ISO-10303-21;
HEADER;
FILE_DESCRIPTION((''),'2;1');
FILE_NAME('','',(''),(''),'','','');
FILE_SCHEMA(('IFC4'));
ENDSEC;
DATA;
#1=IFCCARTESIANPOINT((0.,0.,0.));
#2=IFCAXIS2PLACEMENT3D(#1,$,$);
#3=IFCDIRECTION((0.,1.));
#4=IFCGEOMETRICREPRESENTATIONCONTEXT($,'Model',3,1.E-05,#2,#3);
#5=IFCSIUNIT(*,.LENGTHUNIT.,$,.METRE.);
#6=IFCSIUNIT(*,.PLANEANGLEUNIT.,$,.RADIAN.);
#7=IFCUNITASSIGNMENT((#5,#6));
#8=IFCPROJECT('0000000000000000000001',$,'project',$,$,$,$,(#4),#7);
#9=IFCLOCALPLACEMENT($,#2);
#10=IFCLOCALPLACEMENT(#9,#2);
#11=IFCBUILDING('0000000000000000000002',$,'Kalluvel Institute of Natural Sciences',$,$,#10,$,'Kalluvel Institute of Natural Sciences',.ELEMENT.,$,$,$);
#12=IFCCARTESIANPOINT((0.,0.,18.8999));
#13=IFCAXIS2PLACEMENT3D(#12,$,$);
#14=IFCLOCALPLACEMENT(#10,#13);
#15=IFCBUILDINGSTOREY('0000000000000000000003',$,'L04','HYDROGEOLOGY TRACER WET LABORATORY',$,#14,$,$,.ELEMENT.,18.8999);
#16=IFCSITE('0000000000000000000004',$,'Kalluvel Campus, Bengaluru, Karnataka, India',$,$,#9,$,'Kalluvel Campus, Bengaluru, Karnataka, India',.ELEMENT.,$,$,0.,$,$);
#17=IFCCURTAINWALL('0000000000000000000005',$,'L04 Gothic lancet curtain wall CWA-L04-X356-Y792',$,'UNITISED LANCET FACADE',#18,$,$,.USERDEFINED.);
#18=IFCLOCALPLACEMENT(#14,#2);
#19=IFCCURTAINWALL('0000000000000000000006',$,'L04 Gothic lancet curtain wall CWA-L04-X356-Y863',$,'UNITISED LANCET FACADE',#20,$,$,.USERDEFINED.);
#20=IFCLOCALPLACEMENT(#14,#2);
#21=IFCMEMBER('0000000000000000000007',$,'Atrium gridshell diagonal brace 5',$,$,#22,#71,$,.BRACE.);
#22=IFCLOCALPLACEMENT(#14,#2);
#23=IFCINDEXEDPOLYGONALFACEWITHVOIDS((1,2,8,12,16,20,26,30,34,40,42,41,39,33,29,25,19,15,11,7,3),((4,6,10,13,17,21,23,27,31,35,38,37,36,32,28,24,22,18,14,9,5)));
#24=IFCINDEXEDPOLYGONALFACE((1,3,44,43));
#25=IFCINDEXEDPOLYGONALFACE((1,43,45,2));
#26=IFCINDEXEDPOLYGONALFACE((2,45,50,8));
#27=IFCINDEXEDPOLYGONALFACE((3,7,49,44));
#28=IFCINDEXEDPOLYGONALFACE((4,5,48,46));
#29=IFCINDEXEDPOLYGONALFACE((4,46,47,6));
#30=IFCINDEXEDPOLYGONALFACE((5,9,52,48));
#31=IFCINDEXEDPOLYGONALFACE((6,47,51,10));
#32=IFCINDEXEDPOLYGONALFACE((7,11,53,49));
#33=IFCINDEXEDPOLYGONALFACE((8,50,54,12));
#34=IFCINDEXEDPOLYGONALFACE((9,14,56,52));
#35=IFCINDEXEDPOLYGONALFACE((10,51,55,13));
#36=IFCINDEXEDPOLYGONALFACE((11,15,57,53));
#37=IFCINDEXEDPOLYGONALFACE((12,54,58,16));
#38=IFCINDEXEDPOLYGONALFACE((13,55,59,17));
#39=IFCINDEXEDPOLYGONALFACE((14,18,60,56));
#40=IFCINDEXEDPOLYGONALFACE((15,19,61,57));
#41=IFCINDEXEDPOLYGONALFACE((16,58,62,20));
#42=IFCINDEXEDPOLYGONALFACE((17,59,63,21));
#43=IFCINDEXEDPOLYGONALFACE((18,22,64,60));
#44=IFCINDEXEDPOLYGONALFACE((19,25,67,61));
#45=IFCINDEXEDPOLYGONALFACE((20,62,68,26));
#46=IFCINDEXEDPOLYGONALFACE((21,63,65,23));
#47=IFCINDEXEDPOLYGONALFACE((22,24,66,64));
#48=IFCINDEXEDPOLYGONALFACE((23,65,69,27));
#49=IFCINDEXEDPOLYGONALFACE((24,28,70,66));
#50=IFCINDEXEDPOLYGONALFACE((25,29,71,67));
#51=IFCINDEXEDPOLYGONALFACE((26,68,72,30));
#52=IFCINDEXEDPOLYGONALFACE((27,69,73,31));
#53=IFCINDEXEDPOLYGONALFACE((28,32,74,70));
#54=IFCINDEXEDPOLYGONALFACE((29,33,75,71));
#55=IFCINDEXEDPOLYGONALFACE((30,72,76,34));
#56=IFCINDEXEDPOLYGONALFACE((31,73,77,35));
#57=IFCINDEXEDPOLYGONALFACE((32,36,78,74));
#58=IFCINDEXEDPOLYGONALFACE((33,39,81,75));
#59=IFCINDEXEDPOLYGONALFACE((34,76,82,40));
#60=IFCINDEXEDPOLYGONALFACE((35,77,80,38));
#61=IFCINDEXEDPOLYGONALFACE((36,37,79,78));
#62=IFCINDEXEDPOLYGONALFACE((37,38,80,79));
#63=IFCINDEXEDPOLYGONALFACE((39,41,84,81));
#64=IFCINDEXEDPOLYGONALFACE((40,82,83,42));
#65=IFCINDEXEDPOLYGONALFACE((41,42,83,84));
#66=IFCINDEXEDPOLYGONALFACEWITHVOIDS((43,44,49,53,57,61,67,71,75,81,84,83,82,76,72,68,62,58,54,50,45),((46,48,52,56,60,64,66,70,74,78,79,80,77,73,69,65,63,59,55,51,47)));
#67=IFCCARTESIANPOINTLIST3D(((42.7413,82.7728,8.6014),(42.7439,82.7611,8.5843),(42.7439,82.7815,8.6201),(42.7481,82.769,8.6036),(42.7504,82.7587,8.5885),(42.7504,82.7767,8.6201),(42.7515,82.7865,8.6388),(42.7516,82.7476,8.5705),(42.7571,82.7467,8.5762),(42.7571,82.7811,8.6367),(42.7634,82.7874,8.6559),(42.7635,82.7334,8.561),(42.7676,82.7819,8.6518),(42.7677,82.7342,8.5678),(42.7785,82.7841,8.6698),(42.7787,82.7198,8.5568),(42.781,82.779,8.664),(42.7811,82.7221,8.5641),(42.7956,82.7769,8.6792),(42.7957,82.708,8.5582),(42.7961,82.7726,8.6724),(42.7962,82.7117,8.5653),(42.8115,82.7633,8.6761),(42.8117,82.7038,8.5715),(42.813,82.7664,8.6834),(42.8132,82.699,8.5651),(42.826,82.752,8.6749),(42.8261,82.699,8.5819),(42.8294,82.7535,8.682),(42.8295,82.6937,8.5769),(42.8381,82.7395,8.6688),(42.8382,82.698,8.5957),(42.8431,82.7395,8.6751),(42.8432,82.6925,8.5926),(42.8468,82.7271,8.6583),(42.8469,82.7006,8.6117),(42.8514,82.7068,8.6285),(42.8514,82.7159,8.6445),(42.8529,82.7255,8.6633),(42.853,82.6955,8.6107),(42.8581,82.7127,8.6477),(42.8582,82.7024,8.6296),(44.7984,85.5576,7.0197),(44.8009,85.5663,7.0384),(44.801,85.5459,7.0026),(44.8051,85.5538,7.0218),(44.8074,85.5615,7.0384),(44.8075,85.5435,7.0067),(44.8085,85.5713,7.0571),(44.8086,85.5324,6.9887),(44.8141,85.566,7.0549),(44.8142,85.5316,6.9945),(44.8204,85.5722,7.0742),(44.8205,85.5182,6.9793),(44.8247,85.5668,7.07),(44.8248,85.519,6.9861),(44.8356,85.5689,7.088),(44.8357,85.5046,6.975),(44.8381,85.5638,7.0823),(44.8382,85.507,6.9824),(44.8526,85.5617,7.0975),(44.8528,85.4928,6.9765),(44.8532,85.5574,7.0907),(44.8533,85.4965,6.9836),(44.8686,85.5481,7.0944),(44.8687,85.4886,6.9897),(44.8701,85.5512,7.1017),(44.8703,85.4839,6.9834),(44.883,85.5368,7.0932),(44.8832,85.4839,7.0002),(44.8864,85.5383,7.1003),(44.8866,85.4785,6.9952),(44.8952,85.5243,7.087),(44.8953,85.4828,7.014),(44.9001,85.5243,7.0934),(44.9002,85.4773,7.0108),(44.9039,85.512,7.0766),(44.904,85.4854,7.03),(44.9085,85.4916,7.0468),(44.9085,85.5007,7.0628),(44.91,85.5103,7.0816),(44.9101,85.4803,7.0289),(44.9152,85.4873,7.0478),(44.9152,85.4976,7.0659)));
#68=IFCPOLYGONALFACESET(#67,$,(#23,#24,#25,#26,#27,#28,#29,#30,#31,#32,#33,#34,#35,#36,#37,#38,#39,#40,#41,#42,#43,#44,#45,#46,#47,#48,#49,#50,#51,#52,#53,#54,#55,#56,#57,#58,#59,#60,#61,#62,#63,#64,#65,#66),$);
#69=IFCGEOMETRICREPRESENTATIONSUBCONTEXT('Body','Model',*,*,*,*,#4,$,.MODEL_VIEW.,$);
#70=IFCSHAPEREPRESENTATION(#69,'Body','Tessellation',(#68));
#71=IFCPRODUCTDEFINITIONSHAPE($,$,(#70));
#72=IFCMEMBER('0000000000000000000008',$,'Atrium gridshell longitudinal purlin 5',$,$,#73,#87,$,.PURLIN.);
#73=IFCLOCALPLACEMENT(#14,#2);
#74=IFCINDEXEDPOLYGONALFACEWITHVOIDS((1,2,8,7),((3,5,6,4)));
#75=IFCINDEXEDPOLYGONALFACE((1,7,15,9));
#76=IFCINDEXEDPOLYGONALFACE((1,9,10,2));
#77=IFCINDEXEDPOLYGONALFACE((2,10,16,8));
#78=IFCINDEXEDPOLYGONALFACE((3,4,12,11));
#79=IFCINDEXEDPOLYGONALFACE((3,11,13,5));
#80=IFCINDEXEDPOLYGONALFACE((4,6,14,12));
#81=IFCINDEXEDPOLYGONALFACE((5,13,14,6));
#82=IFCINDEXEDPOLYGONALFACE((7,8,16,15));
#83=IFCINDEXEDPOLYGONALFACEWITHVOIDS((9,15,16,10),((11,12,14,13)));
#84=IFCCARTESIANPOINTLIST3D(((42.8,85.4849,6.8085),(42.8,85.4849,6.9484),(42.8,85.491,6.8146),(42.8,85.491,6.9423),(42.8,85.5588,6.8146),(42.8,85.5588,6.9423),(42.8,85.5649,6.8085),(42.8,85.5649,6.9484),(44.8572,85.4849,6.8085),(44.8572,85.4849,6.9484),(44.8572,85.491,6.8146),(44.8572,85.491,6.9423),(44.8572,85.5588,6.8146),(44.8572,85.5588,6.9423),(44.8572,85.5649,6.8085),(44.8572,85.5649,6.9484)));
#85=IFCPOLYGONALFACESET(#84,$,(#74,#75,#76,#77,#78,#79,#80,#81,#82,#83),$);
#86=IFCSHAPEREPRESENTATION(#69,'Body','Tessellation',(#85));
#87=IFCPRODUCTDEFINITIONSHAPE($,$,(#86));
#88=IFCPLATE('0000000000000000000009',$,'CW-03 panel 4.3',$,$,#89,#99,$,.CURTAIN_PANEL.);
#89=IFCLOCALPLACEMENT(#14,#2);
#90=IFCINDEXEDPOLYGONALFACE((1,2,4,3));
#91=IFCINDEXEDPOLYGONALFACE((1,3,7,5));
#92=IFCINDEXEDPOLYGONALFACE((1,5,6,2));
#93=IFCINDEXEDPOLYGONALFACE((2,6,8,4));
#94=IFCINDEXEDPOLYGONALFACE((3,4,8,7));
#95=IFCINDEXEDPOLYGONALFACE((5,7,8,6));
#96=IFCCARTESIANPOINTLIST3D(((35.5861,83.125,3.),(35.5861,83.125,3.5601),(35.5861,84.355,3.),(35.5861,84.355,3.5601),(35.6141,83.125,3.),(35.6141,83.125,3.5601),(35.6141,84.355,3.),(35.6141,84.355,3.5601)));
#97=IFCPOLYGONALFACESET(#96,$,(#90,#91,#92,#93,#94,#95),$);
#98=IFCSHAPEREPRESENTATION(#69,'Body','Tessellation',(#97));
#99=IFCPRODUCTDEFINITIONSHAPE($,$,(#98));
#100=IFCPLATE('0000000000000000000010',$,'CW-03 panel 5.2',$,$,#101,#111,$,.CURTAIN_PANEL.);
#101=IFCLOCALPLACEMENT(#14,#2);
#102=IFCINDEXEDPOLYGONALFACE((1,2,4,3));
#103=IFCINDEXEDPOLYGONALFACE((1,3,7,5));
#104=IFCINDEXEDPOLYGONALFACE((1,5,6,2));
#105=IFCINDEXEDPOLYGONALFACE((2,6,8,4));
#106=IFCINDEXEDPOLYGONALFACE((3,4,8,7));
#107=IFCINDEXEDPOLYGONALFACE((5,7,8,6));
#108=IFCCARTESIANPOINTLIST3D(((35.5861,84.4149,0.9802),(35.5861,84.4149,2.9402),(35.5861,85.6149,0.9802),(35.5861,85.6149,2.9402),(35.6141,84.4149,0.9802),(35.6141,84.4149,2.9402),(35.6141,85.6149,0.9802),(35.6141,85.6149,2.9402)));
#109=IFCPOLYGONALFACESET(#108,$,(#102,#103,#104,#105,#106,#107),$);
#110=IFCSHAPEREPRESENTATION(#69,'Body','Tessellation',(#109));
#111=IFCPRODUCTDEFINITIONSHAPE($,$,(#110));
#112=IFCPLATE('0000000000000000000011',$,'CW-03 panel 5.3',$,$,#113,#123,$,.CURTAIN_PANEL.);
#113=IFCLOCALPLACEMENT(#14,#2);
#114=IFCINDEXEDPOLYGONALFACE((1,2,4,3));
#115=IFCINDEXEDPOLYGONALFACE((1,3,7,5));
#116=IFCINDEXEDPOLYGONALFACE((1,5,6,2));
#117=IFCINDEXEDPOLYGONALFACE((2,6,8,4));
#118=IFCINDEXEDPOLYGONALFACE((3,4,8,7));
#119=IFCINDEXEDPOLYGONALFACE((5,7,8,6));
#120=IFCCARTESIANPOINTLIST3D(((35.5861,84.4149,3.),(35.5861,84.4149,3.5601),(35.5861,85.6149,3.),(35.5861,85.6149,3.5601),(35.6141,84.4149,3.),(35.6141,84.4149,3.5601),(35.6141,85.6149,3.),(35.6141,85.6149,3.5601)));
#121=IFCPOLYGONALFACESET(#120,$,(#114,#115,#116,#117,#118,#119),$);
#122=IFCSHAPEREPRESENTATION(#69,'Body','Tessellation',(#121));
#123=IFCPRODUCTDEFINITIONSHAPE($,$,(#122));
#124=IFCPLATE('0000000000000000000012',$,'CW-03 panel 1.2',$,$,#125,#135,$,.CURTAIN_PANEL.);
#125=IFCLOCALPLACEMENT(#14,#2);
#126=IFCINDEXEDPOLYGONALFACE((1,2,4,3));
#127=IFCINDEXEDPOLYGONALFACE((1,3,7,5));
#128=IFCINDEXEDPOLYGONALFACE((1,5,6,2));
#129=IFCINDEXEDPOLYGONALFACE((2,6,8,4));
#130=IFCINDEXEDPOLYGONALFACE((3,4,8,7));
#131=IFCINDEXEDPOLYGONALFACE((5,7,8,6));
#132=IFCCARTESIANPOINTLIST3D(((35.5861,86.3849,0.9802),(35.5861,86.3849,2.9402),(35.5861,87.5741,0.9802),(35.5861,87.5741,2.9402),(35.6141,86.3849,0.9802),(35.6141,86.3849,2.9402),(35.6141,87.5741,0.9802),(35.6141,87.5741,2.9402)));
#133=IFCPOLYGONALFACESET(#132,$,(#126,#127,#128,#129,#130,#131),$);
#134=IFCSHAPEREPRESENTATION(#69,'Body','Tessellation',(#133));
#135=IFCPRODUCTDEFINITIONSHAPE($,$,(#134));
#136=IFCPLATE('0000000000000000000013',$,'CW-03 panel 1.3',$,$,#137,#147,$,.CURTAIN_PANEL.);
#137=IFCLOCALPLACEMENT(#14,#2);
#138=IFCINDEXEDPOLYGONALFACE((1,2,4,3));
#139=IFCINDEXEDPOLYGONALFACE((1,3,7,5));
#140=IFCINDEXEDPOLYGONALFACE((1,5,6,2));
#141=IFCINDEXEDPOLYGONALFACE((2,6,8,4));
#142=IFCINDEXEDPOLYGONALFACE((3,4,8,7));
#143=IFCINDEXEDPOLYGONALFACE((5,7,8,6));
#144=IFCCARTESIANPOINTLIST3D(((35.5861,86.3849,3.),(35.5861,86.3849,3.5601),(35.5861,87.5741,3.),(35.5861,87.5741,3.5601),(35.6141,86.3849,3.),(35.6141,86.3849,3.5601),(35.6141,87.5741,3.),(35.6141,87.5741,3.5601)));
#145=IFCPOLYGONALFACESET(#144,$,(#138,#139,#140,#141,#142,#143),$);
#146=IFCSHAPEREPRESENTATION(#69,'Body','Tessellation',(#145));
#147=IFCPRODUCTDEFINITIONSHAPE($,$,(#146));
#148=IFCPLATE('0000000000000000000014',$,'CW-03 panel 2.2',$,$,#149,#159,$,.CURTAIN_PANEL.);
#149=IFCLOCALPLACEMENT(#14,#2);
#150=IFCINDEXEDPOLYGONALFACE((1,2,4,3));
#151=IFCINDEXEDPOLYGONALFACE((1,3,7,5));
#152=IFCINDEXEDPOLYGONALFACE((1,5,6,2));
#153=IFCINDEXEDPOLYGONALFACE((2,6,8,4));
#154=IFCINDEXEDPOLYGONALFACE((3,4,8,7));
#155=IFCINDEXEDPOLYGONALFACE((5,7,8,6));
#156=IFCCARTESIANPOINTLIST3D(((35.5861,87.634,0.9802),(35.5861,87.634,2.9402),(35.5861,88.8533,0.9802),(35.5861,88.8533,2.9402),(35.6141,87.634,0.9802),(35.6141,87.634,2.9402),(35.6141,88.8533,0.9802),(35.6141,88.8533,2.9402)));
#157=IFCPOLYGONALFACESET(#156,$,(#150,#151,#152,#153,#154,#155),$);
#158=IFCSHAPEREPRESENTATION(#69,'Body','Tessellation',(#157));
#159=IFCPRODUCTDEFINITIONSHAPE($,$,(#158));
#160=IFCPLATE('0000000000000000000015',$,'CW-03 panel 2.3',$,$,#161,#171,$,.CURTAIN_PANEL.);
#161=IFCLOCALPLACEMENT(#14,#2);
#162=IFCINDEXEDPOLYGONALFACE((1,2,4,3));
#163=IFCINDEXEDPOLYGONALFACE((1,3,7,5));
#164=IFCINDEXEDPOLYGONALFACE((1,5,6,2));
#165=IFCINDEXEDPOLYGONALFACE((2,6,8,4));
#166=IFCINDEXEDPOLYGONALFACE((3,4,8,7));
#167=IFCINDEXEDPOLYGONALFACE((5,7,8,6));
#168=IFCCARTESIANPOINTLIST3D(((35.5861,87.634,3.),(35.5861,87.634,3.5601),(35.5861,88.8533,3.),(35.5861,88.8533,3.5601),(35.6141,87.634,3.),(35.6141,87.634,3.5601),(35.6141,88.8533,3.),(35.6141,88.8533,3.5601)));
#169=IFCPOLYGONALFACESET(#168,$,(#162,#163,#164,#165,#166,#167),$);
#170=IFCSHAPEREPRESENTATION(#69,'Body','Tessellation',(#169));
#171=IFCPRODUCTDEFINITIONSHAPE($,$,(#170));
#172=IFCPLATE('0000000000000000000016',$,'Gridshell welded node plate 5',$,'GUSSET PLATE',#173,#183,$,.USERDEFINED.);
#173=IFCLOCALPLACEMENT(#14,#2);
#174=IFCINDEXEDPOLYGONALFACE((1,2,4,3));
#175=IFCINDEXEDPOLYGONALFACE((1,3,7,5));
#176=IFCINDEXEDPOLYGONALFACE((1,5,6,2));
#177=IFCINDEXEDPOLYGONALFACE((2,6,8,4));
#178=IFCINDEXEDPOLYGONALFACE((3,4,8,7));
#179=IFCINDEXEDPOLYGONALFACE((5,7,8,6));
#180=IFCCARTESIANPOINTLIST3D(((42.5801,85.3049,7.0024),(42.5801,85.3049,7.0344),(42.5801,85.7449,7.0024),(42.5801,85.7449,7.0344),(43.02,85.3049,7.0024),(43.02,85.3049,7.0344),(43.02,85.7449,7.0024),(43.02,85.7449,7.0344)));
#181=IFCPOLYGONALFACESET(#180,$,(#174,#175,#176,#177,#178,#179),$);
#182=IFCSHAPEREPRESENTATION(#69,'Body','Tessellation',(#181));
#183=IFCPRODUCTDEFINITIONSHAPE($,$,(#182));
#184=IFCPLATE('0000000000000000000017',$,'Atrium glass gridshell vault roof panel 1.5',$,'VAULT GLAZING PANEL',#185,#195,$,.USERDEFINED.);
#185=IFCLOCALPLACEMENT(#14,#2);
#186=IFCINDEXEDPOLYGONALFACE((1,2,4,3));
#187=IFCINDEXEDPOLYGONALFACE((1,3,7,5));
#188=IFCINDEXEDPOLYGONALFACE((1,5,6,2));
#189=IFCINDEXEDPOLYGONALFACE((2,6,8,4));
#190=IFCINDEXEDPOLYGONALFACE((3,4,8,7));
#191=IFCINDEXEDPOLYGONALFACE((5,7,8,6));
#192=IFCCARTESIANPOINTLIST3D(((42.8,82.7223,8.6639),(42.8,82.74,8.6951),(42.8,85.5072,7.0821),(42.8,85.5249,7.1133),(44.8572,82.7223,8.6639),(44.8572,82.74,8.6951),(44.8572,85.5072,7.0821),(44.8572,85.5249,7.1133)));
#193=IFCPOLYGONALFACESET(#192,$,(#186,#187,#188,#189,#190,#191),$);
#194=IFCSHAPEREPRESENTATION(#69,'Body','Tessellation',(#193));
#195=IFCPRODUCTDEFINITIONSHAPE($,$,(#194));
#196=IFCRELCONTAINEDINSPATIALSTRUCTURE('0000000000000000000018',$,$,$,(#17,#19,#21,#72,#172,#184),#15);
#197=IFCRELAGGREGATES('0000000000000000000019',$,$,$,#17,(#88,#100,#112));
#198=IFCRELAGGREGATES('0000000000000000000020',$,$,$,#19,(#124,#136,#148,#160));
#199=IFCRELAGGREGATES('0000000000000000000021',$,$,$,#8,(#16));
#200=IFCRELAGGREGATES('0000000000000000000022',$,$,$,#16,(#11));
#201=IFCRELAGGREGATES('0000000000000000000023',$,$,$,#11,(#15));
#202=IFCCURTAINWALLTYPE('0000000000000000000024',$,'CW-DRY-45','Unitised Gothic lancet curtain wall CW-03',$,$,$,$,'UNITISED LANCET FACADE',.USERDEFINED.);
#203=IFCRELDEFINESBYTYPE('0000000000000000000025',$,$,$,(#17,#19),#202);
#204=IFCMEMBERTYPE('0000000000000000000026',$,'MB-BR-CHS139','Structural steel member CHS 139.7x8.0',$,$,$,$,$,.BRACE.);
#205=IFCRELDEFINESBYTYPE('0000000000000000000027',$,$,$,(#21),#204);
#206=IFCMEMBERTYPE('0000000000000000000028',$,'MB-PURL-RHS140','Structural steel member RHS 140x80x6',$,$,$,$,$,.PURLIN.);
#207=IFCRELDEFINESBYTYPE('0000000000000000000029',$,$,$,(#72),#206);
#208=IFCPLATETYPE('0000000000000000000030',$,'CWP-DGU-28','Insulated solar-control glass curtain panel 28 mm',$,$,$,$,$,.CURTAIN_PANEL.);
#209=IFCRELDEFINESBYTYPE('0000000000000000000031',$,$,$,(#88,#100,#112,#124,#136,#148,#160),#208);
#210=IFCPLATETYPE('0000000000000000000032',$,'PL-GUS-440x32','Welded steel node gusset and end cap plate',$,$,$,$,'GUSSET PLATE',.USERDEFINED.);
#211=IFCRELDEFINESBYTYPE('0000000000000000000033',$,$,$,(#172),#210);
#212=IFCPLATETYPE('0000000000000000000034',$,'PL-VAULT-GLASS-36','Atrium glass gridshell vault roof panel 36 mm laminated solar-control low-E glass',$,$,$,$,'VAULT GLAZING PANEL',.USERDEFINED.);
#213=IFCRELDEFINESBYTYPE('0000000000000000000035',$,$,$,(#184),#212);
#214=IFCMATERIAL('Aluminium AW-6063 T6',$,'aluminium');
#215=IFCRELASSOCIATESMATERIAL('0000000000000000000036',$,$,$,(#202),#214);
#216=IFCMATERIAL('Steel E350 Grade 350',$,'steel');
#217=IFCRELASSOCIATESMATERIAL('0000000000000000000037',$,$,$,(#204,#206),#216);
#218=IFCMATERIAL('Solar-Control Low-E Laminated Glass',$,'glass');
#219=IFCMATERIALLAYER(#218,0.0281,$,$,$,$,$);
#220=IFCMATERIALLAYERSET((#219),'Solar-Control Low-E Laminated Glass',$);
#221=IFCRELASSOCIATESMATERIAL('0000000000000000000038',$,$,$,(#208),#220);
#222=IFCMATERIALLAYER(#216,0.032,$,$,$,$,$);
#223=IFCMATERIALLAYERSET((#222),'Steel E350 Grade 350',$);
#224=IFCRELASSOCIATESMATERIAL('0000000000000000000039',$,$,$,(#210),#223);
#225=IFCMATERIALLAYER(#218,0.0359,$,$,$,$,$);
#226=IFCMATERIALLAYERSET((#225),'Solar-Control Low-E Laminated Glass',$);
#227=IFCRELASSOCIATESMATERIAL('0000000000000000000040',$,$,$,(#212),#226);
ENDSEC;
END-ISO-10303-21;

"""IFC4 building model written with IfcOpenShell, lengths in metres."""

from ifc_helpers import new_model, si_unit, direction, frame, origin, origin_2d, place, context, subcontext, project, spatial, polyline, rectangle, hollow_rectangle, hollow_circle, outline, extrude, material, layer, layer_set, material_profile, profile_set, type_object, element, aggregate, save


model = new_model("IFC4")

# Units and contexts
model_context = context("Model", 3, precision=1e-05, world=origin(), true_north=direction((0.0, 1.0)))
body_context = subcontext(model_context, "Body", "Model", "MODEL_VIEW")
ifc_project = project(units=[si_unit("LENGTHUNIT", "METRE"), si_unit("PLANEANGLEUNIT", "RADIAN")], contexts=[model_context])

# Site, building, storey
site_placement = place(None, origin())
site = spatial("IfcSite", under=ifc_project, at=site_placement, Name="Kalluvel Campus, Bengaluru, Karnataka, India", LongName="Kalluvel Campus, Bengaluru, Karnataka, India", CompositionType="ELEMENT", RefElevation=0.0)
building_placement = place(site_placement, origin())
building = spatial("IfcBuilding", under=site, at=building_placement, Name="Kalluvel Institute of Natural Sciences", LongName="Kalluvel Institute of Natural Sciences", CompositionType="ELEMENT")
storey_placement = place(building_placement, frame((0.0, 0.0, 18.8999)))
storey = spatial("IfcBuildingStorey", under=building, at=storey_placement, Name="L04", Description="HYDROGEOLOGY TRACER WET LABORATORY", CompositionType="ELEMENT", Elevation=18.8999)

# Curtain walls
ifc_material_1 = material(Name="Aluminium AW-6063 T6", Category="aluminium")
curtain_wall_type = type_object("IfcCurtainWallType", Name="CW-DRY-45", Description="Unitised Gothic lancet curtain wall CW-03", ElementType="UNITISED LANCET FACADE", PredefinedType="USERDEFINED", material=ifc_material_1)
curtain_wall_1_placement = place(storey_placement, origin())
curtain_wall_1 = element("IfcCurtainWall", 1, at=curtain_wall_1_placement, inside=storey, type_object=curtain_wall_type, Name="L04 Gothic lancet curtain wall CWA-L04-X356-Y792", ObjectType="UNITISED LANCET FACADE", PredefinedType="USERDEFINED")
curtain_wall_2_placement = place(storey_placement, origin())
curtain_wall_2 = element("IfcCurtainWall", 2, at=curtain_wall_2_placement, inside=storey, type_object=curtain_wall_type, Name="L04 Gothic lancet curtain wall CWA-L04-X356-Y863", ObjectType="UNITISED LANCET FACADE", PredefinedType="USERDEFINED")

# Members
ifc_material_2 = material(Name="Steel E350 Grade 350", Category="steel")
ifc_material_profile_1 = material_profile(ifc_material_2, hollow_circle(Radius=0.0698, WallThickness=0.0081, at=origin_2d()), Name="CHS 139.7x8.0")
ifc_profile_set_1 = profile_set([ifc_material_profile_1], Name="Steel E350 Grade 350")
member_type_1 = type_object("IfcMemberType", Name="MB-BR-CHS139", Description="Structural steel member CHS 139.7x8.0", PredefinedType="BRACE", material=ifc_profile_set_1)
member_1_placement = place(storey_placement, frame((42.8, 82.74, 8.6201), z_axis=(0.540423, 0.731617, -0.415547), x_axis=(-0.804353, 0.594151, 0.0)))
element("IfcMember", 3, at=member_1_placement, inside=storey, type_object=member_type_1, Name="Atrium gridshell diagonal brace 5", PredefinedType="BRACE", context=body_context, shape_type="SweptSolid", body=[
    extrude(hollow_circle(Radius=0.0698, WallThickness=0.0081, at=origin_2d()), origin(), (0.0, 0.0, 1.0), 3.8064),
])
ifc_material_profile_2 = material_profile(ifc_material_2, hollow_rectangle(XDim=0.0801, YDim=0.1399, WallThickness=0.0061, at=origin_2d()), Name="RHS 140x80x6")
ifc_profile_set_2 = profile_set([ifc_material_profile_2], Name="Steel E350 Grade 350")
member_type_2 = type_object("IfcMemberType", Name="MB-PURL-RHS140", Description="Structural steel member RHS 140x80x6", PredefinedType="PURLIN", material=ifc_profile_set_2)
member_2_placement = place(storey_placement, frame((42.8, 85.5249, 6.8784), z_axis=(1.0, 0.0, 0.0), x_axis=(0.0, 1.0, 0.0)))
element("IfcMember", 4, at=member_2_placement, inside=storey, type_object=member_type_2, Name="Atrium gridshell longitudinal purlin 5", PredefinedType="PURLIN", context=body_context, shape_type="SweptSolid", body=[
    extrude(hollow_rectangle(XDim=0.0801, YDim=0.1399, WallThickness=0.0061, at=origin_2d()), origin(), (0.0, 0.0, 1.0), 2.0571),
])

# Plates
ifc_material_3 = material(Name="Solar-Control Low-E Laminated Glass", Category="glass")
ifc_layer_1 = layer(ifc_material_3, 0.0281)
ifc_layer_set_1 = layer_set([ifc_layer_1], Name="Solar-Control Low-E Laminated Glass")
plate_type_1 = type_object("IfcPlateType", Name="CWP-DGU-28", Description="Insulated solar-control glass curtain panel 28 mm", PredefinedType="CURTAIN_PANEL", material=ifc_layer_set_1)
plate_1_placement = place(storey_placement, frame((35.6001, 83.74, 3.0), z_axis=(0.0, 0.0, 1.0), x_axis=(0.0, 1.0, 0.0)))
plate_1 = element("IfcPlate", 5, at=plate_1_placement, type_object=plate_type_1, Name="CW-03 panel 4.3", PredefinedType="CURTAIN_PANEL", context=body_context, shape_type="SweptSolid", body=[
    extrude(rectangle(XDim=1.23, YDim=0.0281, at=origin_2d()), origin(), (0.0, 0.0, 1.0), 0.5601),
])
plate_2_placement = place(storey_placement, frame((35.6001, 85.0149, 0.9802), z_axis=(0.0, 0.0, 1.0), x_axis=(0.0, 1.0, 0.0)))
plate_2 = element("IfcPlate", 6, at=plate_2_placement, type_object=plate_type_1, Name="CW-03 panel 5.2", PredefinedType="CURTAIN_PANEL", context=body_context, shape_type="SweptSolid", body=[
    extrude(rectangle(XDim=1.2, YDim=0.0281, at=origin_2d()), origin(), (0.0, 0.0, 1.0), 1.96),
])
plate_3_placement = place(storey_placement, frame((35.6001, 85.0149, 3.0), z_axis=(0.0, 0.0, 1.0), x_axis=(0.0, 1.0, 0.0)))
plate_3 = element("IfcPlate", 7, at=plate_3_placement, type_object=plate_type_1, Name="CW-03 panel 5.3", PredefinedType="CURTAIN_PANEL", context=body_context, shape_type="SweptSolid", body=[
    extrude(rectangle(XDim=1.2, YDim=0.0281, at=origin_2d()), origin(), (0.0, 0.0, 1.0), 0.5601),
])
aggregate(curtain_wall_1, [plate_1, plate_2, plate_3])
plate_4_placement = place(storey_placement, frame((35.6001, 86.9795, 0.9802), z_axis=(0.0, 0.0, 1.0), x_axis=(0.0, 1.0, 0.0)))
plate_4 = element("IfcPlate", 8, at=plate_4_placement, type_object=plate_type_1, Name="CW-03 panel 1.2", PredefinedType="CURTAIN_PANEL", context=body_context, shape_type="SweptSolid", body=[
    extrude(rectangle(XDim=1.1892, YDim=0.0281, at=origin_2d()), origin(), (0.0, 0.0, 1.0), 1.96),
])
plate_5_placement = place(storey_placement, frame((35.6001, 86.9795, 3.0), z_axis=(0.0, 0.0, 1.0), x_axis=(0.0, 1.0, 0.0)))
plate_5 = element("IfcPlate", 9, at=plate_5_placement, type_object=plate_type_1, Name="CW-03 panel 1.3", PredefinedType="CURTAIN_PANEL", context=body_context, shape_type="SweptSolid", body=[
    extrude(rectangle(XDim=1.1892, YDim=0.0281, at=origin_2d()), origin(), (0.0, 0.0, 1.0), 0.5601),
])
plate_6_placement = place(storey_placement, frame((35.6001, 88.2437, 0.9802), z_axis=(0.0, 0.0, 1.0), x_axis=(0.0, 1.0, 0.0)))
plate_6 = element("IfcPlate", 10, at=plate_6_placement, type_object=plate_type_1, Name="CW-03 panel 2.2", PredefinedType="CURTAIN_PANEL", context=body_context, shape_type="SweptSolid", body=[
    extrude(rectangle(XDim=1.2192, YDim=0.0281, at=origin_2d()), origin(), (0.0, 0.0, 1.0), 1.96),
])
plate_7_placement = place(storey_placement, frame((35.6001, 88.2437, 3.0), z_axis=(0.0, 0.0, 1.0), x_axis=(0.0, 1.0, 0.0)))
plate_7 = element("IfcPlate", 11, at=plate_7_placement, type_object=plate_type_1, Name="CW-03 panel 2.3", PredefinedType="CURTAIN_PANEL", context=body_context, shape_type="SweptSolid", body=[
    extrude(rectangle(XDim=1.2192, YDim=0.0281, at=origin_2d()), origin(), (0.0, 0.0, 1.0), 0.5601),
])
aggregate(curtain_wall_2, [plate_4, plate_5, plate_6, plate_7])

# Plates
ifc_layer_2 = layer(ifc_material_2, 0.032)
ifc_layer_set_2 = layer_set([ifc_layer_2], Name="Steel E350 Grade 350")
plate_type_2 = type_object("IfcPlateType", Name="PL-GUS-440x32", Description="Welded steel node gusset and end cap plate", ElementType="GUSSET PLATE", PredefinedType="USERDEFINED", material=ifc_layer_set_2)
plate_8_placement = place(storey_placement, frame((42.8, 85.5249, 7.0024), z_axis=(0.0, 0.0, 1.0), x_axis=(1.0, 0.0, 0.0)))
element("IfcPlate", 12, at=plate_8_placement, inside=storey, type_object=plate_type_2, Name="Gridshell welded node plate 5", ObjectType="GUSSET PLATE", PredefinedType="USERDEFINED", context=body_context, shape_type="SweptSolid", body=[
    extrude(rectangle(XDim=0.4399, YDim=0.4399, at=origin_2d()), origin(), (0.0, 0.0, 1.0), 0.032),
])
ifc_layer_3 = layer(ifc_material_3, 0.0359)
ifc_layer_set_3 = layer_set([ifc_layer_3], Name="Solar-Control Low-E Laminated Glass")
plate_type_3 = type_object("IfcPlateType", Name="PL-VAULT-GLASS-36", Description="Atrium glass gridshell vault roof panel 36 mm laminated solar-control low-E glass", ElementType="VAULT GLAZING PANEL", PredefinedType="USERDEFINED", material=ifc_layer_set_3)
plate_9_placement = place(storey_placement, frame((42.8, 82.74, 8.6951), z_axis=(0.0, 0.49388, 0.86953), x_axis=(1.0, 0.0, 0.0)))
element("IfcPlate", 13, at=plate_9_placement, inside=storey, type_object=plate_type_3, Name="Atrium glass gridshell vault roof panel 1.5", ObjectType="VAULT GLAZING PANEL", PredefinedType="USERDEFINED", context=body_context, shape_type="SweptSolid", body=[
    extrude(outline(polyline([(0.0, 0.0), (2.0571, 0.0), (2.0571, 3.2028), (0.0, 3.2028), (0.0, 0.0)])), origin(), (0.0, 0.0, -1.0), 0.0359),
])

save(model, "model.ifc")
